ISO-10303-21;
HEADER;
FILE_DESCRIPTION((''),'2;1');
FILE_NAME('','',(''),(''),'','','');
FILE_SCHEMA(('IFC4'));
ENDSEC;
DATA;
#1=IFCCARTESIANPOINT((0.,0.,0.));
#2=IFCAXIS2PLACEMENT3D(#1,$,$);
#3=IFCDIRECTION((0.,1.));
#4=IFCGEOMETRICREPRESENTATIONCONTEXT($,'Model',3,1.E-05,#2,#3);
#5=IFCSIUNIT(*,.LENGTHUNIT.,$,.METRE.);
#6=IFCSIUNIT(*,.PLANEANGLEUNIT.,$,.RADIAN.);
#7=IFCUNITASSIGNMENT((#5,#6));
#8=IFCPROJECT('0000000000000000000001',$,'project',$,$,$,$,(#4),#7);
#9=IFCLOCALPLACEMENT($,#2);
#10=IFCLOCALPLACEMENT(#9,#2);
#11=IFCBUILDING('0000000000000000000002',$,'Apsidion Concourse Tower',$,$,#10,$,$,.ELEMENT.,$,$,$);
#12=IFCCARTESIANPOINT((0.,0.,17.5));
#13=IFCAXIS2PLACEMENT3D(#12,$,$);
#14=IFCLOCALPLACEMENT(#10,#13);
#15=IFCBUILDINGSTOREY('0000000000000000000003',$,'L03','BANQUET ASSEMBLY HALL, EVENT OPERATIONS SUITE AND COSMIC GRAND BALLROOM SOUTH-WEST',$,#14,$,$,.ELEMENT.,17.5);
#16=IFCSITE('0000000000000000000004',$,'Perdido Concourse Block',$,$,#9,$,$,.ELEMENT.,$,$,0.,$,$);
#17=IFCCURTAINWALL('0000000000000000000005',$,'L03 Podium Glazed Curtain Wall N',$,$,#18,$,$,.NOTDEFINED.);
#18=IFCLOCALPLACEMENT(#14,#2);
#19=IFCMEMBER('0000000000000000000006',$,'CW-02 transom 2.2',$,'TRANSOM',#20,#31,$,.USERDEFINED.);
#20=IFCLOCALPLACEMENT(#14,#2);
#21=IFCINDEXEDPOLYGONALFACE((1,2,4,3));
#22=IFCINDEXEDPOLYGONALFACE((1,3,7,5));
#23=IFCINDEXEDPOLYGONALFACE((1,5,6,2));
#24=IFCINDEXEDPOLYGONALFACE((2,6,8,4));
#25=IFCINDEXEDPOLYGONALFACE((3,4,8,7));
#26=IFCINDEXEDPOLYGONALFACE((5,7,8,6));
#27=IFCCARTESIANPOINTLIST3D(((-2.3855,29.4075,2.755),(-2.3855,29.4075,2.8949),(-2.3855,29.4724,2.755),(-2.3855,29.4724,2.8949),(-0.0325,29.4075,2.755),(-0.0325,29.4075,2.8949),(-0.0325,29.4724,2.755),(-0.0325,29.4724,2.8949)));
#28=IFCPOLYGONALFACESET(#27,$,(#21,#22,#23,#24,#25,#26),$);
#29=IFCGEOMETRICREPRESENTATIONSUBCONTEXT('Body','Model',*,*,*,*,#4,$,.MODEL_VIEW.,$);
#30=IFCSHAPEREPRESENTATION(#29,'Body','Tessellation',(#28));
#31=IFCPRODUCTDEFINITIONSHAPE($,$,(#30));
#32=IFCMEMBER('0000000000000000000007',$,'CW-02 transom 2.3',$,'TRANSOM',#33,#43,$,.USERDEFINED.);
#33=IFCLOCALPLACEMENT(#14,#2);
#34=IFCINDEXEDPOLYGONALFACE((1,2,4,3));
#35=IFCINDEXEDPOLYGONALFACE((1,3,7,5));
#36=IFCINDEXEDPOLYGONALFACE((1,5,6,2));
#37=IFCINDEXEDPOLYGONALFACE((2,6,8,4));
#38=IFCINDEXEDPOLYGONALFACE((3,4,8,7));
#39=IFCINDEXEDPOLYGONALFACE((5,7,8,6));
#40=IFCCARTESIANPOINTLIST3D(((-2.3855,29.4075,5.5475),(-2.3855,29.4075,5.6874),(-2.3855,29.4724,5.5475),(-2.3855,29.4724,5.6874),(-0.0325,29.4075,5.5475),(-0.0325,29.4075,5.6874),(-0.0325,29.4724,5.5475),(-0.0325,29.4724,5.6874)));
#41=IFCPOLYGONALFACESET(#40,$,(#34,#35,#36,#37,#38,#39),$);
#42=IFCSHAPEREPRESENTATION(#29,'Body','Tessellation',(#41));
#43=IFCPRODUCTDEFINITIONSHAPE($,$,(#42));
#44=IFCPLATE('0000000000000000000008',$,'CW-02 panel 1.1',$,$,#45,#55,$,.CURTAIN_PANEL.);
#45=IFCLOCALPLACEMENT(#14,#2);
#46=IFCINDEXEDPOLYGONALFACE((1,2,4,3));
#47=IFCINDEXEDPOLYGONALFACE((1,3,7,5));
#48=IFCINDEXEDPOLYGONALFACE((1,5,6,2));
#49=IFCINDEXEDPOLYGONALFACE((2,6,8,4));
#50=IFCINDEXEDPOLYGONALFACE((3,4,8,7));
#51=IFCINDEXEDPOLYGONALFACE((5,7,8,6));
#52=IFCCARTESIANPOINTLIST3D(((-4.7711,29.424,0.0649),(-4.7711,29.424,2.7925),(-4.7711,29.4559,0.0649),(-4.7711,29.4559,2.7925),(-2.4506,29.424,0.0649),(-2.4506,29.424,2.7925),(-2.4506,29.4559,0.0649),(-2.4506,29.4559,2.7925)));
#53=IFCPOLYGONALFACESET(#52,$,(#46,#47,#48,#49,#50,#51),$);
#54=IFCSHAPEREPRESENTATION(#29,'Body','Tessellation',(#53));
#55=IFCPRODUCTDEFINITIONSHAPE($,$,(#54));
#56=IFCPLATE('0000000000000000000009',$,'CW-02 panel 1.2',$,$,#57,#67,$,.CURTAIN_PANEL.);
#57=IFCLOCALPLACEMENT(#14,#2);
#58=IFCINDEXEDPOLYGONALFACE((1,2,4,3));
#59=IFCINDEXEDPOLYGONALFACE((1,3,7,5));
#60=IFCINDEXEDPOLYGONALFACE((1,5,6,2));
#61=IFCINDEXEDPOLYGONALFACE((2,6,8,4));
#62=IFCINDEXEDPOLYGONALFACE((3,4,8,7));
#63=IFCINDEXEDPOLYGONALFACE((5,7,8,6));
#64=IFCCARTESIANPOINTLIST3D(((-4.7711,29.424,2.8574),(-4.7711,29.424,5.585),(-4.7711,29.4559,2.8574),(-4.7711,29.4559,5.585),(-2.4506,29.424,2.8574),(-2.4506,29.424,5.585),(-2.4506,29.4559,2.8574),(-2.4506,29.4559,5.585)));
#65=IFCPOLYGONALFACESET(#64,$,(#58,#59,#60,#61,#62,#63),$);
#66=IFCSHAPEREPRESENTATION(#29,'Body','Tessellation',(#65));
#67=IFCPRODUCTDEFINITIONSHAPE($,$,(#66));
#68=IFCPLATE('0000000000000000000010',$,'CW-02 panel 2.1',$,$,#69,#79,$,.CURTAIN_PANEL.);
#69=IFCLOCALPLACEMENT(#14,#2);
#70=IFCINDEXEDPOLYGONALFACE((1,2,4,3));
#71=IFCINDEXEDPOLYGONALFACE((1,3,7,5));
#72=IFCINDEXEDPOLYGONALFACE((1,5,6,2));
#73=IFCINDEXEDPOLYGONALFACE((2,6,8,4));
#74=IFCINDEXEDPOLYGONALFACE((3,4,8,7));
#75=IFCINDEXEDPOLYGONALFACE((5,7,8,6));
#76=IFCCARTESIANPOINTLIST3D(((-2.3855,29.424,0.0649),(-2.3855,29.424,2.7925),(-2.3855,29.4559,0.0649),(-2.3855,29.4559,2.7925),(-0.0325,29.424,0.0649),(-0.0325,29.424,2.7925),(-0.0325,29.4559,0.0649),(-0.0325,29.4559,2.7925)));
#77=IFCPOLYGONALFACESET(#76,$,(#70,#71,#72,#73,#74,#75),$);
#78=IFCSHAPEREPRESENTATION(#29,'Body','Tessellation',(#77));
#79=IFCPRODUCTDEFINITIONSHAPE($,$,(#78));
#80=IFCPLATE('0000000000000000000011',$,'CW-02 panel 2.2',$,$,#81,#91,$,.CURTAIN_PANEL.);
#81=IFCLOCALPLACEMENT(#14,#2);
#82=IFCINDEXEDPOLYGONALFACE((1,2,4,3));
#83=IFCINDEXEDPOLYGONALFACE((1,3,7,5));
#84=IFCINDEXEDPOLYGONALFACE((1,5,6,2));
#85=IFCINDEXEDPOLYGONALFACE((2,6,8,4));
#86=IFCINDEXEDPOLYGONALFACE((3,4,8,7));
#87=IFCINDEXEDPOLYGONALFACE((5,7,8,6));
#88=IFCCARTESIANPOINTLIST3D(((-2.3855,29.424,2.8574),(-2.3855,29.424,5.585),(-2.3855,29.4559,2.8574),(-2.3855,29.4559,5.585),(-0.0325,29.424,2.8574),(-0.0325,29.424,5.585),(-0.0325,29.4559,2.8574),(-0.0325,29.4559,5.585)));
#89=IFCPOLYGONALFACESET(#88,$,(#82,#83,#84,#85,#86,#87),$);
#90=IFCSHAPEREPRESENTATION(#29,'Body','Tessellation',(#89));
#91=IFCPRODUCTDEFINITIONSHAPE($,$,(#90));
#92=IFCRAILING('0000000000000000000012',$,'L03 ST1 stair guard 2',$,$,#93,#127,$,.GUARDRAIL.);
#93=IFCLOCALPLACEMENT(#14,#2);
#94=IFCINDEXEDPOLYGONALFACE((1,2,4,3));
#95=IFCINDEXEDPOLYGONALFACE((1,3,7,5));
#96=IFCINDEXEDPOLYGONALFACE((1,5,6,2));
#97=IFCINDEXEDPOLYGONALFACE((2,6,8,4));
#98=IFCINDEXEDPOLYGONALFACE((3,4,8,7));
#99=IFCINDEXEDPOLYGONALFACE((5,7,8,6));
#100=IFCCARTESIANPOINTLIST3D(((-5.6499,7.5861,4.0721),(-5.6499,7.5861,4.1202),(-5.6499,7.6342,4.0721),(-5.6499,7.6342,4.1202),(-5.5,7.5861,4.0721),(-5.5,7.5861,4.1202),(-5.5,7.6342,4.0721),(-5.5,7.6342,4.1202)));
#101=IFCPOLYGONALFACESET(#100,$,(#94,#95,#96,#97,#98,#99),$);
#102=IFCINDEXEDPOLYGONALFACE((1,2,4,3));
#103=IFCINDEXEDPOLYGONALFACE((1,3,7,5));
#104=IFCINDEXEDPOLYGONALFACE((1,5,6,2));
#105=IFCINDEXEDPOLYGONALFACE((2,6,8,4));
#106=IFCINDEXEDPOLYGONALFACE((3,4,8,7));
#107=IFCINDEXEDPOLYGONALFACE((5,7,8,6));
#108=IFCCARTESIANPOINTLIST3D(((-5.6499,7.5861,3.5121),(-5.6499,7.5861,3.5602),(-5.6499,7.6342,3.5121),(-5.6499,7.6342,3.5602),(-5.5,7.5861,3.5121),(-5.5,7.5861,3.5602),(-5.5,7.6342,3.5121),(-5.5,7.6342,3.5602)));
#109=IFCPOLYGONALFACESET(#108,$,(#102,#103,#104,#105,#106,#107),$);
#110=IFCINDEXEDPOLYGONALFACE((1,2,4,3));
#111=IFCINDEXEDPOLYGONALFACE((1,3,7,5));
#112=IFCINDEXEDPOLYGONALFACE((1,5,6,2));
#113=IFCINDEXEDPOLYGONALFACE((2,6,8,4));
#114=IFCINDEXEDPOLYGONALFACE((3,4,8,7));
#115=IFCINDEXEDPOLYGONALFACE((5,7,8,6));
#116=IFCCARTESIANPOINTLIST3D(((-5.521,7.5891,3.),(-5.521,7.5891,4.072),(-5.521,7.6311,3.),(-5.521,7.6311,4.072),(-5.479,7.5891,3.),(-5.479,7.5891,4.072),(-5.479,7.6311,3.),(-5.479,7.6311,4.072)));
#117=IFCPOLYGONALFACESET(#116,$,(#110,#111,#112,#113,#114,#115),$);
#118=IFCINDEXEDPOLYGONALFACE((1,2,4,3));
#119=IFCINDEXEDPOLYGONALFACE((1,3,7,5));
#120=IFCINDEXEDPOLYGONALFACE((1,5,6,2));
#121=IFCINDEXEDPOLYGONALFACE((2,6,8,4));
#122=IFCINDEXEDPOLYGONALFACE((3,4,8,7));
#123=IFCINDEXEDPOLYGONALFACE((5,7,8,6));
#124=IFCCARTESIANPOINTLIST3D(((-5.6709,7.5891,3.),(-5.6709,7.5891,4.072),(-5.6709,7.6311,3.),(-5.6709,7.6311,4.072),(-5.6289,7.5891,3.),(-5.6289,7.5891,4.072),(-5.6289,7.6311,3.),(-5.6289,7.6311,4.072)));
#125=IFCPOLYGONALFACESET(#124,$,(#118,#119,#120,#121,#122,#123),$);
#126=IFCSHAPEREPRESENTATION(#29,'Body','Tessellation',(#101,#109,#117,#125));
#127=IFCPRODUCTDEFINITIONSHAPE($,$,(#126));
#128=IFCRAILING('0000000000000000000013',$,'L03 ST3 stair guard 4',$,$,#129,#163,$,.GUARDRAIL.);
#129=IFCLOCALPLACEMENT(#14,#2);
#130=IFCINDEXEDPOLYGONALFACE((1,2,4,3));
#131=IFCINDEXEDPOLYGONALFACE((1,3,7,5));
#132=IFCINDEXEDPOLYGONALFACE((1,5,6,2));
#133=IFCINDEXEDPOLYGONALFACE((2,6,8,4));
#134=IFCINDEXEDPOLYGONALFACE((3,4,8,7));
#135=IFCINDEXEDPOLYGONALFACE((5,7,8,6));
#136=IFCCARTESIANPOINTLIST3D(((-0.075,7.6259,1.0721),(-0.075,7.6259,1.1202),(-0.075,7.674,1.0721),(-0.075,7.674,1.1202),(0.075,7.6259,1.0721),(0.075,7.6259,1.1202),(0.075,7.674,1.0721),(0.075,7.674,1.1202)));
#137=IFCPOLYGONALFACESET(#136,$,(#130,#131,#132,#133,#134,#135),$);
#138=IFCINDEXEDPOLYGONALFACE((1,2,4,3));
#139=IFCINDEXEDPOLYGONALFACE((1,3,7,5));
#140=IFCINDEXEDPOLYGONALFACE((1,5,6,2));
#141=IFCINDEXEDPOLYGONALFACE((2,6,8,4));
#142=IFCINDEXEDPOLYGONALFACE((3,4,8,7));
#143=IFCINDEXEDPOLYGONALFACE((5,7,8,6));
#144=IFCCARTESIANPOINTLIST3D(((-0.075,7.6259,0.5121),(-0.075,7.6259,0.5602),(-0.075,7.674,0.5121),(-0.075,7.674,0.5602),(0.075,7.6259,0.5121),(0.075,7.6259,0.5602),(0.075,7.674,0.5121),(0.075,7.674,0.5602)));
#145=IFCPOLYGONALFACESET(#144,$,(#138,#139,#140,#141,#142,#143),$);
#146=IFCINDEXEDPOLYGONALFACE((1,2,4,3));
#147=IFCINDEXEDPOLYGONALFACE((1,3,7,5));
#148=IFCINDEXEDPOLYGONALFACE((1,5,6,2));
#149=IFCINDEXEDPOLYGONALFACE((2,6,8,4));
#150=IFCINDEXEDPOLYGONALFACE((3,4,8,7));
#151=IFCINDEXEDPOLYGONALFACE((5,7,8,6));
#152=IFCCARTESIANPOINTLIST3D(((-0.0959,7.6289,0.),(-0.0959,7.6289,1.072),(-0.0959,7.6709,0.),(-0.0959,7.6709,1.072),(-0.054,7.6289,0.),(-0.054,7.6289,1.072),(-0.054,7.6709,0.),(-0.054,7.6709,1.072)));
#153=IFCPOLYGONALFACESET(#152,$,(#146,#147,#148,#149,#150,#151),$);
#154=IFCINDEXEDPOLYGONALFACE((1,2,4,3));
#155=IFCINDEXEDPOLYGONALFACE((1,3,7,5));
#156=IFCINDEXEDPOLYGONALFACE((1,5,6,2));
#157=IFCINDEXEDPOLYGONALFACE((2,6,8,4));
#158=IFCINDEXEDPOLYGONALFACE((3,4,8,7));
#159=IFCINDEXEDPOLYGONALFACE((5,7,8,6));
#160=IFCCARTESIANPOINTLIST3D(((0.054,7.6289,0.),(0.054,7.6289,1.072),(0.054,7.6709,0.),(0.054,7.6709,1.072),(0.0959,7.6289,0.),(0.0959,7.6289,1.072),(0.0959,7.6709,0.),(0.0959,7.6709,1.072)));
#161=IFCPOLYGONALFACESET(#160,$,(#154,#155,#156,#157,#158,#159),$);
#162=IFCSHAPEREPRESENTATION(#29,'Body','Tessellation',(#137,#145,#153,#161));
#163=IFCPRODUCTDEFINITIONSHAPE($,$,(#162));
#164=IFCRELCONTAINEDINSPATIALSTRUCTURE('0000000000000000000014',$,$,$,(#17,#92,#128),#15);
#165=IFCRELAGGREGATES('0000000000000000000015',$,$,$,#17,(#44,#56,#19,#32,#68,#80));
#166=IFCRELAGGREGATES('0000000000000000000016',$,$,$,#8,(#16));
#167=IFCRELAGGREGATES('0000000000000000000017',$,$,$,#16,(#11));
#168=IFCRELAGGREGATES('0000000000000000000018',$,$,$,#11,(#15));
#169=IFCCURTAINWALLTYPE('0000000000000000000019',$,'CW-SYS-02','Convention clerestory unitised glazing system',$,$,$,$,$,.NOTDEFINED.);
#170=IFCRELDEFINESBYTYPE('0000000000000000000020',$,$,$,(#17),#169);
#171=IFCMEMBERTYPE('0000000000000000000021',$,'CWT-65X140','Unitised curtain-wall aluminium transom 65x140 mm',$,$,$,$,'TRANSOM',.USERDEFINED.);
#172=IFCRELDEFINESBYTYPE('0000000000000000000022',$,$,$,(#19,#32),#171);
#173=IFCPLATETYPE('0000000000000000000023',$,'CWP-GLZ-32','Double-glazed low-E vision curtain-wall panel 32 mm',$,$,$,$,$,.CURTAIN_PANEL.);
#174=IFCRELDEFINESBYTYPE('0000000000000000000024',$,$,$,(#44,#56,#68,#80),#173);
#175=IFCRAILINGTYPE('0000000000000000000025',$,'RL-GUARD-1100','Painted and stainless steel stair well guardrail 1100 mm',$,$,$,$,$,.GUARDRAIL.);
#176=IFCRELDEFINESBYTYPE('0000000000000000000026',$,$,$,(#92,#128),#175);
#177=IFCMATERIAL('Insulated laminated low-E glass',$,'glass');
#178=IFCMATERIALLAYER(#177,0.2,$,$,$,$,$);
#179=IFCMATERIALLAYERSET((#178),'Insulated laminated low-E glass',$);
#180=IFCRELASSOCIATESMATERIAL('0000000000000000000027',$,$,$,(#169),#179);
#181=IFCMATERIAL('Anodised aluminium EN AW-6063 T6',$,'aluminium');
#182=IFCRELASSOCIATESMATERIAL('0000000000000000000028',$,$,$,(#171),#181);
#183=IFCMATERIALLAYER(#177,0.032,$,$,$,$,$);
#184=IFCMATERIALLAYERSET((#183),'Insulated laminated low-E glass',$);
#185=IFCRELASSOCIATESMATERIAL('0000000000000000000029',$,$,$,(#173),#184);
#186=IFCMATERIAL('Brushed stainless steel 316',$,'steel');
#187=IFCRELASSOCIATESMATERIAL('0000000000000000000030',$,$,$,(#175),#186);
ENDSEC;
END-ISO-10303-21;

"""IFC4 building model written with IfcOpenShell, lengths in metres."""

from ifc_helpers import new_model, si_unit, direction, frame, origin, origin_2d, place, context, subcontext, project, spatial, rectangle, extrude, material, layer, layer_set, material_profile, profile_set, type_object, element, aggregate, save


model = new_model("IFC4")

# Units and contexts
model_context = context("Model", 3, precision=1e-05, world=origin(), true_north=direction((0.0, 1.0)))
body_context = subcontext(model_context, "Body", "Model", "MODEL_VIEW")
ifc_project = project(units=[si_unit("LENGTHUNIT", "METRE"), si_unit("PLANEANGLEUNIT", "RADIAN")], contexts=[model_context])

# Site, building, storey
site_placement = place(None, origin())
site = spatial("IfcSite", under=ifc_project, at=site_placement, Name="Perdido Concourse Block", CompositionType="ELEMENT", RefElevation=0.0)
building_placement = place(site_placement, origin())
building = spatial("IfcBuilding", under=site, at=building_placement, Name="Apsidion Concourse Tower", CompositionType="ELEMENT")
storey_placement = place(building_placement, frame((0.0, 0.0, 17.5)))
storey = spatial("IfcBuildingStorey", under=building, at=storey_placement, Name="L03", Description="BANQUET ASSEMBLY HALL, EVENT OPERATIONS SUITE AND COSMIC GRAND BALLROOM SOUTH-WEST", CompositionType="ELEMENT", Elevation=17.5)

# Curtain wall, members, plates
ifc_material_1 = material(Name="Insulated laminated low-E glass", Category="glass")
ifc_layer_1 = layer(ifc_material_1, 0.2)
ifc_layer_set_1 = layer_set([ifc_layer_1], Name="Insulated laminated low-E glass")
curtain_wall_type = type_object("IfcCurtainWallType", Name="CW-SYS-02", Description="Convention clerestory unitised glazing system", PredefinedType="NOTDEFINED", material=ifc_layer_set_1)
curtain_wall_placement = place(storey_placement, origin())
curtain_wall = element("IfcCurtainWall", 1, at=curtain_wall_placement, inside=storey, type_object=curtain_wall_type, Name="L03 Podium Glazed Curtain Wall N", PredefinedType="NOTDEFINED")
ifc_material_2 = material(Name="Anodised aluminium EN AW-6063 T6", Category="aluminium")
ifc_material_profile_1 = material_profile(ifc_material_2, rectangle(XDim=0.0649, YDim=0.1399, at=origin_2d()), Name="ALU TRANSOM 65x140")
ifc_profile_set_1 = profile_set([ifc_material_profile_1], Name="Anodised aluminium EN AW-6063 T6")
member_type_1 = type_object("IfcMemberType", Name="CWT-65X140", Description="Unitised curtain-wall aluminium transom 65x140 mm", ElementType="TRANSOM", PredefinedType="USERDEFINED", material=ifc_profile_set_1)
member_1_placement = place(storey_placement, frame((-2.3855, 29.4399, 2.825), z_axis=(1.0, 0.0, 0.0), x_axis=(0.0, 1.0, 0.0)))
member_1 = element("IfcMember", 2, at=member_1_placement, type_object=member_type_1, Name="CW-02 transom 2.2", ObjectType="TRANSOM", PredefinedType="USERDEFINED", context=body_context, shape_type="SweptSolid", body=[
    extrude(rectangle(XDim=0.0649, YDim=0.1399, at=origin_2d()), origin(), (0.0, 0.0, 1.0), 2.353),
])
member_2_placement = place(storey_placement, frame((-2.3855, 29.4399, 5.6174), z_axis=(1.0, 0.0, 0.0), x_axis=(0.0, 1.0, 0.0)))
member_2 = element("IfcMember", 3, at=member_2_placement, type_object=member_type_1, Name="CW-02 transom 2.3", ObjectType="TRANSOM", PredefinedType="USERDEFINED", context=body_context, shape_type="SweptSolid", body=[
    extrude(rectangle(XDim=0.0649, YDim=0.1399, at=origin_2d()), origin(), (0.0, 0.0, 1.0), 2.353),
])
ifc_layer_2 = layer(ifc_material_1, 0.032)
ifc_layer_set_2 = layer_set([ifc_layer_2], Name="Insulated laminated low-E glass")
plate_type = type_object("IfcPlateType", Name="CWP-GLZ-32", Description="Double-glazed low-E vision curtain-wall panel 32 mm", PredefinedType="CURTAIN_PANEL", material=ifc_layer_set_2)
plate_1_placement = place(storey_placement, frame((-3.6108, 29.4399, 0.0649), z_axis=(0.0, 0.0, 1.0), x_axis=(1.0, 0.0, 0.0)))
plate_1 = element("IfcPlate", 4, at=plate_1_placement, type_object=plate_type, Name="CW-02 panel 1.1", PredefinedType="CURTAIN_PANEL", context=body_context, shape_type="SweptSolid", body=[
    extrude(rectangle(XDim=2.3206, YDim=0.032, at=origin_2d()), origin(), (0.0, 0.0, 1.0), 2.7275),
])
plate_2_placement = place(storey_placement, frame((-3.6108, 29.4399, 2.8574), z_axis=(0.0, 0.0, 1.0), x_axis=(1.0, 0.0, 0.0)))
plate_2 = element("IfcPlate", 5, at=plate_2_placement, type_object=plate_type, Name="CW-02 panel 1.2", PredefinedType="CURTAIN_PANEL", context=body_context, shape_type="SweptSolid", body=[
    extrude(rectangle(XDim=2.3206, YDim=0.032, at=origin_2d()), origin(), (0.0, 0.0, 1.0), 2.7275),
])
plate_3_placement = place(storey_placement, frame((-1.209, 29.4399, 0.0649), z_axis=(0.0, 0.0, 1.0), x_axis=(1.0, 0.0, 0.0)))
plate_3 = element("IfcPlate", 6, at=plate_3_placement, type_object=plate_type, Name="CW-02 panel 2.1", PredefinedType="CURTAIN_PANEL", context=body_context, shape_type="SweptSolid", body=[
    extrude(rectangle(XDim=2.353, YDim=0.032, at=origin_2d()), origin(), (0.0, 0.0, 1.0), 2.7275),
])
plate_4_placement = place(storey_placement, frame((-1.209, 29.4399, 2.8574), z_axis=(0.0, 0.0, 1.0), x_axis=(1.0, 0.0, 0.0)))
plate_4 = element("IfcPlate", 7, at=plate_4_placement, type_object=plate_type, Name="CW-02 panel 2.2", PredefinedType="CURTAIN_PANEL", context=body_context, shape_type="SweptSolid", body=[
    extrude(rectangle(XDim=2.353, YDim=0.032, at=origin_2d()), origin(), (0.0, 0.0, 1.0), 2.7275),
])
aggregate(curtain_wall, [plate_1, plate_2, member_1, member_2, plate_3, plate_4])

# Shared definitions
ifc_material_3 = material(Name="Brushed stainless steel 316", Category="steel")

# Railings
railing_type = type_object("IfcRailingType", Name="RL-GUARD-1100", Description="Painted and stainless steel stair well guardrail 1100 mm", PredefinedType="GUARDRAIL", material=ifc_material_3)
railing_1_placement = place(storey_placement, frame((-5.5, 7.6101, 3.0)))
element("IfcRailing", 8, at=railing_1_placement, inside=storey, type_object=railing_type, Name="L03 ST1 stair guard 2", PredefinedType="GUARDRAIL", context=body_context, shape_type="SweptSolid", body=[
    extrude(rectangle(XDim=0.0481, YDim=0.0481, at=origin_2d()), frame((0.0, 0.0, 1.0962), z_axis=(-1.0, 0.0, 0.0), x_axis=(0.0, -1.0, 0.0)), (0.0, 0.0, 1.0), 0.1499),
    extrude(rectangle(XDim=0.0481, YDim=0.0481, at=origin_2d()), frame((0.0, 0.0, 0.5361), z_axis=(-1.0, 0.0, 0.0), x_axis=(0.0, -1.0, 0.0)), (0.0, 0.0, 1.0), 0.1499),
    extrude(rectangle(XDim=0.042, YDim=0.042, at=origin_2d()), origin(), (0.0, 0.0, 1.0), 1.072),
    extrude(rectangle(XDim=0.042, YDim=0.042, at=origin_2d()), frame((-0.1499, 0.0, 0.0)), (0.0, 0.0, 1.0), 1.072),
])
railing_2_placement = place(storey_placement, frame((-0.075, 7.6499, 0.0)))
element("IfcRailing", 9, at=railing_2_placement, inside=storey, type_object=railing_type, Name="L03 ST3 stair guard 4", PredefinedType="GUARDRAIL", context=body_context, shape_type="SweptSolid", body=[
    extrude(rectangle(XDim=0.0481, YDim=0.0481, at=origin_2d()), frame((0.0, 0.0, 1.0962), z_axis=(1.0, 0.0, 0.0), x_axis=(0.0, 1.0, 0.0)), (0.0, 0.0, 1.0), 0.1499),
    extrude(rectangle(XDim=0.0481, YDim=0.0481, at=origin_2d()), frame((0.0, 0.0, 0.5361), z_axis=(1.0, 0.0, 0.0), x_axis=(0.0, 1.0, 0.0)), (0.0, 0.0, 1.0), 0.1499),
    extrude(rectangle(XDim=0.042, YDim=0.042, at=origin_2d()), origin(), (0.0, 0.0, 1.0), 1.072),
    extrude(rectangle(XDim=0.042, YDim=0.042, at=origin_2d()), frame((0.1499, 0.0, 0.0)), (0.0, 0.0, 1.0), 1.072),
])

save(model, "model.ifc")
